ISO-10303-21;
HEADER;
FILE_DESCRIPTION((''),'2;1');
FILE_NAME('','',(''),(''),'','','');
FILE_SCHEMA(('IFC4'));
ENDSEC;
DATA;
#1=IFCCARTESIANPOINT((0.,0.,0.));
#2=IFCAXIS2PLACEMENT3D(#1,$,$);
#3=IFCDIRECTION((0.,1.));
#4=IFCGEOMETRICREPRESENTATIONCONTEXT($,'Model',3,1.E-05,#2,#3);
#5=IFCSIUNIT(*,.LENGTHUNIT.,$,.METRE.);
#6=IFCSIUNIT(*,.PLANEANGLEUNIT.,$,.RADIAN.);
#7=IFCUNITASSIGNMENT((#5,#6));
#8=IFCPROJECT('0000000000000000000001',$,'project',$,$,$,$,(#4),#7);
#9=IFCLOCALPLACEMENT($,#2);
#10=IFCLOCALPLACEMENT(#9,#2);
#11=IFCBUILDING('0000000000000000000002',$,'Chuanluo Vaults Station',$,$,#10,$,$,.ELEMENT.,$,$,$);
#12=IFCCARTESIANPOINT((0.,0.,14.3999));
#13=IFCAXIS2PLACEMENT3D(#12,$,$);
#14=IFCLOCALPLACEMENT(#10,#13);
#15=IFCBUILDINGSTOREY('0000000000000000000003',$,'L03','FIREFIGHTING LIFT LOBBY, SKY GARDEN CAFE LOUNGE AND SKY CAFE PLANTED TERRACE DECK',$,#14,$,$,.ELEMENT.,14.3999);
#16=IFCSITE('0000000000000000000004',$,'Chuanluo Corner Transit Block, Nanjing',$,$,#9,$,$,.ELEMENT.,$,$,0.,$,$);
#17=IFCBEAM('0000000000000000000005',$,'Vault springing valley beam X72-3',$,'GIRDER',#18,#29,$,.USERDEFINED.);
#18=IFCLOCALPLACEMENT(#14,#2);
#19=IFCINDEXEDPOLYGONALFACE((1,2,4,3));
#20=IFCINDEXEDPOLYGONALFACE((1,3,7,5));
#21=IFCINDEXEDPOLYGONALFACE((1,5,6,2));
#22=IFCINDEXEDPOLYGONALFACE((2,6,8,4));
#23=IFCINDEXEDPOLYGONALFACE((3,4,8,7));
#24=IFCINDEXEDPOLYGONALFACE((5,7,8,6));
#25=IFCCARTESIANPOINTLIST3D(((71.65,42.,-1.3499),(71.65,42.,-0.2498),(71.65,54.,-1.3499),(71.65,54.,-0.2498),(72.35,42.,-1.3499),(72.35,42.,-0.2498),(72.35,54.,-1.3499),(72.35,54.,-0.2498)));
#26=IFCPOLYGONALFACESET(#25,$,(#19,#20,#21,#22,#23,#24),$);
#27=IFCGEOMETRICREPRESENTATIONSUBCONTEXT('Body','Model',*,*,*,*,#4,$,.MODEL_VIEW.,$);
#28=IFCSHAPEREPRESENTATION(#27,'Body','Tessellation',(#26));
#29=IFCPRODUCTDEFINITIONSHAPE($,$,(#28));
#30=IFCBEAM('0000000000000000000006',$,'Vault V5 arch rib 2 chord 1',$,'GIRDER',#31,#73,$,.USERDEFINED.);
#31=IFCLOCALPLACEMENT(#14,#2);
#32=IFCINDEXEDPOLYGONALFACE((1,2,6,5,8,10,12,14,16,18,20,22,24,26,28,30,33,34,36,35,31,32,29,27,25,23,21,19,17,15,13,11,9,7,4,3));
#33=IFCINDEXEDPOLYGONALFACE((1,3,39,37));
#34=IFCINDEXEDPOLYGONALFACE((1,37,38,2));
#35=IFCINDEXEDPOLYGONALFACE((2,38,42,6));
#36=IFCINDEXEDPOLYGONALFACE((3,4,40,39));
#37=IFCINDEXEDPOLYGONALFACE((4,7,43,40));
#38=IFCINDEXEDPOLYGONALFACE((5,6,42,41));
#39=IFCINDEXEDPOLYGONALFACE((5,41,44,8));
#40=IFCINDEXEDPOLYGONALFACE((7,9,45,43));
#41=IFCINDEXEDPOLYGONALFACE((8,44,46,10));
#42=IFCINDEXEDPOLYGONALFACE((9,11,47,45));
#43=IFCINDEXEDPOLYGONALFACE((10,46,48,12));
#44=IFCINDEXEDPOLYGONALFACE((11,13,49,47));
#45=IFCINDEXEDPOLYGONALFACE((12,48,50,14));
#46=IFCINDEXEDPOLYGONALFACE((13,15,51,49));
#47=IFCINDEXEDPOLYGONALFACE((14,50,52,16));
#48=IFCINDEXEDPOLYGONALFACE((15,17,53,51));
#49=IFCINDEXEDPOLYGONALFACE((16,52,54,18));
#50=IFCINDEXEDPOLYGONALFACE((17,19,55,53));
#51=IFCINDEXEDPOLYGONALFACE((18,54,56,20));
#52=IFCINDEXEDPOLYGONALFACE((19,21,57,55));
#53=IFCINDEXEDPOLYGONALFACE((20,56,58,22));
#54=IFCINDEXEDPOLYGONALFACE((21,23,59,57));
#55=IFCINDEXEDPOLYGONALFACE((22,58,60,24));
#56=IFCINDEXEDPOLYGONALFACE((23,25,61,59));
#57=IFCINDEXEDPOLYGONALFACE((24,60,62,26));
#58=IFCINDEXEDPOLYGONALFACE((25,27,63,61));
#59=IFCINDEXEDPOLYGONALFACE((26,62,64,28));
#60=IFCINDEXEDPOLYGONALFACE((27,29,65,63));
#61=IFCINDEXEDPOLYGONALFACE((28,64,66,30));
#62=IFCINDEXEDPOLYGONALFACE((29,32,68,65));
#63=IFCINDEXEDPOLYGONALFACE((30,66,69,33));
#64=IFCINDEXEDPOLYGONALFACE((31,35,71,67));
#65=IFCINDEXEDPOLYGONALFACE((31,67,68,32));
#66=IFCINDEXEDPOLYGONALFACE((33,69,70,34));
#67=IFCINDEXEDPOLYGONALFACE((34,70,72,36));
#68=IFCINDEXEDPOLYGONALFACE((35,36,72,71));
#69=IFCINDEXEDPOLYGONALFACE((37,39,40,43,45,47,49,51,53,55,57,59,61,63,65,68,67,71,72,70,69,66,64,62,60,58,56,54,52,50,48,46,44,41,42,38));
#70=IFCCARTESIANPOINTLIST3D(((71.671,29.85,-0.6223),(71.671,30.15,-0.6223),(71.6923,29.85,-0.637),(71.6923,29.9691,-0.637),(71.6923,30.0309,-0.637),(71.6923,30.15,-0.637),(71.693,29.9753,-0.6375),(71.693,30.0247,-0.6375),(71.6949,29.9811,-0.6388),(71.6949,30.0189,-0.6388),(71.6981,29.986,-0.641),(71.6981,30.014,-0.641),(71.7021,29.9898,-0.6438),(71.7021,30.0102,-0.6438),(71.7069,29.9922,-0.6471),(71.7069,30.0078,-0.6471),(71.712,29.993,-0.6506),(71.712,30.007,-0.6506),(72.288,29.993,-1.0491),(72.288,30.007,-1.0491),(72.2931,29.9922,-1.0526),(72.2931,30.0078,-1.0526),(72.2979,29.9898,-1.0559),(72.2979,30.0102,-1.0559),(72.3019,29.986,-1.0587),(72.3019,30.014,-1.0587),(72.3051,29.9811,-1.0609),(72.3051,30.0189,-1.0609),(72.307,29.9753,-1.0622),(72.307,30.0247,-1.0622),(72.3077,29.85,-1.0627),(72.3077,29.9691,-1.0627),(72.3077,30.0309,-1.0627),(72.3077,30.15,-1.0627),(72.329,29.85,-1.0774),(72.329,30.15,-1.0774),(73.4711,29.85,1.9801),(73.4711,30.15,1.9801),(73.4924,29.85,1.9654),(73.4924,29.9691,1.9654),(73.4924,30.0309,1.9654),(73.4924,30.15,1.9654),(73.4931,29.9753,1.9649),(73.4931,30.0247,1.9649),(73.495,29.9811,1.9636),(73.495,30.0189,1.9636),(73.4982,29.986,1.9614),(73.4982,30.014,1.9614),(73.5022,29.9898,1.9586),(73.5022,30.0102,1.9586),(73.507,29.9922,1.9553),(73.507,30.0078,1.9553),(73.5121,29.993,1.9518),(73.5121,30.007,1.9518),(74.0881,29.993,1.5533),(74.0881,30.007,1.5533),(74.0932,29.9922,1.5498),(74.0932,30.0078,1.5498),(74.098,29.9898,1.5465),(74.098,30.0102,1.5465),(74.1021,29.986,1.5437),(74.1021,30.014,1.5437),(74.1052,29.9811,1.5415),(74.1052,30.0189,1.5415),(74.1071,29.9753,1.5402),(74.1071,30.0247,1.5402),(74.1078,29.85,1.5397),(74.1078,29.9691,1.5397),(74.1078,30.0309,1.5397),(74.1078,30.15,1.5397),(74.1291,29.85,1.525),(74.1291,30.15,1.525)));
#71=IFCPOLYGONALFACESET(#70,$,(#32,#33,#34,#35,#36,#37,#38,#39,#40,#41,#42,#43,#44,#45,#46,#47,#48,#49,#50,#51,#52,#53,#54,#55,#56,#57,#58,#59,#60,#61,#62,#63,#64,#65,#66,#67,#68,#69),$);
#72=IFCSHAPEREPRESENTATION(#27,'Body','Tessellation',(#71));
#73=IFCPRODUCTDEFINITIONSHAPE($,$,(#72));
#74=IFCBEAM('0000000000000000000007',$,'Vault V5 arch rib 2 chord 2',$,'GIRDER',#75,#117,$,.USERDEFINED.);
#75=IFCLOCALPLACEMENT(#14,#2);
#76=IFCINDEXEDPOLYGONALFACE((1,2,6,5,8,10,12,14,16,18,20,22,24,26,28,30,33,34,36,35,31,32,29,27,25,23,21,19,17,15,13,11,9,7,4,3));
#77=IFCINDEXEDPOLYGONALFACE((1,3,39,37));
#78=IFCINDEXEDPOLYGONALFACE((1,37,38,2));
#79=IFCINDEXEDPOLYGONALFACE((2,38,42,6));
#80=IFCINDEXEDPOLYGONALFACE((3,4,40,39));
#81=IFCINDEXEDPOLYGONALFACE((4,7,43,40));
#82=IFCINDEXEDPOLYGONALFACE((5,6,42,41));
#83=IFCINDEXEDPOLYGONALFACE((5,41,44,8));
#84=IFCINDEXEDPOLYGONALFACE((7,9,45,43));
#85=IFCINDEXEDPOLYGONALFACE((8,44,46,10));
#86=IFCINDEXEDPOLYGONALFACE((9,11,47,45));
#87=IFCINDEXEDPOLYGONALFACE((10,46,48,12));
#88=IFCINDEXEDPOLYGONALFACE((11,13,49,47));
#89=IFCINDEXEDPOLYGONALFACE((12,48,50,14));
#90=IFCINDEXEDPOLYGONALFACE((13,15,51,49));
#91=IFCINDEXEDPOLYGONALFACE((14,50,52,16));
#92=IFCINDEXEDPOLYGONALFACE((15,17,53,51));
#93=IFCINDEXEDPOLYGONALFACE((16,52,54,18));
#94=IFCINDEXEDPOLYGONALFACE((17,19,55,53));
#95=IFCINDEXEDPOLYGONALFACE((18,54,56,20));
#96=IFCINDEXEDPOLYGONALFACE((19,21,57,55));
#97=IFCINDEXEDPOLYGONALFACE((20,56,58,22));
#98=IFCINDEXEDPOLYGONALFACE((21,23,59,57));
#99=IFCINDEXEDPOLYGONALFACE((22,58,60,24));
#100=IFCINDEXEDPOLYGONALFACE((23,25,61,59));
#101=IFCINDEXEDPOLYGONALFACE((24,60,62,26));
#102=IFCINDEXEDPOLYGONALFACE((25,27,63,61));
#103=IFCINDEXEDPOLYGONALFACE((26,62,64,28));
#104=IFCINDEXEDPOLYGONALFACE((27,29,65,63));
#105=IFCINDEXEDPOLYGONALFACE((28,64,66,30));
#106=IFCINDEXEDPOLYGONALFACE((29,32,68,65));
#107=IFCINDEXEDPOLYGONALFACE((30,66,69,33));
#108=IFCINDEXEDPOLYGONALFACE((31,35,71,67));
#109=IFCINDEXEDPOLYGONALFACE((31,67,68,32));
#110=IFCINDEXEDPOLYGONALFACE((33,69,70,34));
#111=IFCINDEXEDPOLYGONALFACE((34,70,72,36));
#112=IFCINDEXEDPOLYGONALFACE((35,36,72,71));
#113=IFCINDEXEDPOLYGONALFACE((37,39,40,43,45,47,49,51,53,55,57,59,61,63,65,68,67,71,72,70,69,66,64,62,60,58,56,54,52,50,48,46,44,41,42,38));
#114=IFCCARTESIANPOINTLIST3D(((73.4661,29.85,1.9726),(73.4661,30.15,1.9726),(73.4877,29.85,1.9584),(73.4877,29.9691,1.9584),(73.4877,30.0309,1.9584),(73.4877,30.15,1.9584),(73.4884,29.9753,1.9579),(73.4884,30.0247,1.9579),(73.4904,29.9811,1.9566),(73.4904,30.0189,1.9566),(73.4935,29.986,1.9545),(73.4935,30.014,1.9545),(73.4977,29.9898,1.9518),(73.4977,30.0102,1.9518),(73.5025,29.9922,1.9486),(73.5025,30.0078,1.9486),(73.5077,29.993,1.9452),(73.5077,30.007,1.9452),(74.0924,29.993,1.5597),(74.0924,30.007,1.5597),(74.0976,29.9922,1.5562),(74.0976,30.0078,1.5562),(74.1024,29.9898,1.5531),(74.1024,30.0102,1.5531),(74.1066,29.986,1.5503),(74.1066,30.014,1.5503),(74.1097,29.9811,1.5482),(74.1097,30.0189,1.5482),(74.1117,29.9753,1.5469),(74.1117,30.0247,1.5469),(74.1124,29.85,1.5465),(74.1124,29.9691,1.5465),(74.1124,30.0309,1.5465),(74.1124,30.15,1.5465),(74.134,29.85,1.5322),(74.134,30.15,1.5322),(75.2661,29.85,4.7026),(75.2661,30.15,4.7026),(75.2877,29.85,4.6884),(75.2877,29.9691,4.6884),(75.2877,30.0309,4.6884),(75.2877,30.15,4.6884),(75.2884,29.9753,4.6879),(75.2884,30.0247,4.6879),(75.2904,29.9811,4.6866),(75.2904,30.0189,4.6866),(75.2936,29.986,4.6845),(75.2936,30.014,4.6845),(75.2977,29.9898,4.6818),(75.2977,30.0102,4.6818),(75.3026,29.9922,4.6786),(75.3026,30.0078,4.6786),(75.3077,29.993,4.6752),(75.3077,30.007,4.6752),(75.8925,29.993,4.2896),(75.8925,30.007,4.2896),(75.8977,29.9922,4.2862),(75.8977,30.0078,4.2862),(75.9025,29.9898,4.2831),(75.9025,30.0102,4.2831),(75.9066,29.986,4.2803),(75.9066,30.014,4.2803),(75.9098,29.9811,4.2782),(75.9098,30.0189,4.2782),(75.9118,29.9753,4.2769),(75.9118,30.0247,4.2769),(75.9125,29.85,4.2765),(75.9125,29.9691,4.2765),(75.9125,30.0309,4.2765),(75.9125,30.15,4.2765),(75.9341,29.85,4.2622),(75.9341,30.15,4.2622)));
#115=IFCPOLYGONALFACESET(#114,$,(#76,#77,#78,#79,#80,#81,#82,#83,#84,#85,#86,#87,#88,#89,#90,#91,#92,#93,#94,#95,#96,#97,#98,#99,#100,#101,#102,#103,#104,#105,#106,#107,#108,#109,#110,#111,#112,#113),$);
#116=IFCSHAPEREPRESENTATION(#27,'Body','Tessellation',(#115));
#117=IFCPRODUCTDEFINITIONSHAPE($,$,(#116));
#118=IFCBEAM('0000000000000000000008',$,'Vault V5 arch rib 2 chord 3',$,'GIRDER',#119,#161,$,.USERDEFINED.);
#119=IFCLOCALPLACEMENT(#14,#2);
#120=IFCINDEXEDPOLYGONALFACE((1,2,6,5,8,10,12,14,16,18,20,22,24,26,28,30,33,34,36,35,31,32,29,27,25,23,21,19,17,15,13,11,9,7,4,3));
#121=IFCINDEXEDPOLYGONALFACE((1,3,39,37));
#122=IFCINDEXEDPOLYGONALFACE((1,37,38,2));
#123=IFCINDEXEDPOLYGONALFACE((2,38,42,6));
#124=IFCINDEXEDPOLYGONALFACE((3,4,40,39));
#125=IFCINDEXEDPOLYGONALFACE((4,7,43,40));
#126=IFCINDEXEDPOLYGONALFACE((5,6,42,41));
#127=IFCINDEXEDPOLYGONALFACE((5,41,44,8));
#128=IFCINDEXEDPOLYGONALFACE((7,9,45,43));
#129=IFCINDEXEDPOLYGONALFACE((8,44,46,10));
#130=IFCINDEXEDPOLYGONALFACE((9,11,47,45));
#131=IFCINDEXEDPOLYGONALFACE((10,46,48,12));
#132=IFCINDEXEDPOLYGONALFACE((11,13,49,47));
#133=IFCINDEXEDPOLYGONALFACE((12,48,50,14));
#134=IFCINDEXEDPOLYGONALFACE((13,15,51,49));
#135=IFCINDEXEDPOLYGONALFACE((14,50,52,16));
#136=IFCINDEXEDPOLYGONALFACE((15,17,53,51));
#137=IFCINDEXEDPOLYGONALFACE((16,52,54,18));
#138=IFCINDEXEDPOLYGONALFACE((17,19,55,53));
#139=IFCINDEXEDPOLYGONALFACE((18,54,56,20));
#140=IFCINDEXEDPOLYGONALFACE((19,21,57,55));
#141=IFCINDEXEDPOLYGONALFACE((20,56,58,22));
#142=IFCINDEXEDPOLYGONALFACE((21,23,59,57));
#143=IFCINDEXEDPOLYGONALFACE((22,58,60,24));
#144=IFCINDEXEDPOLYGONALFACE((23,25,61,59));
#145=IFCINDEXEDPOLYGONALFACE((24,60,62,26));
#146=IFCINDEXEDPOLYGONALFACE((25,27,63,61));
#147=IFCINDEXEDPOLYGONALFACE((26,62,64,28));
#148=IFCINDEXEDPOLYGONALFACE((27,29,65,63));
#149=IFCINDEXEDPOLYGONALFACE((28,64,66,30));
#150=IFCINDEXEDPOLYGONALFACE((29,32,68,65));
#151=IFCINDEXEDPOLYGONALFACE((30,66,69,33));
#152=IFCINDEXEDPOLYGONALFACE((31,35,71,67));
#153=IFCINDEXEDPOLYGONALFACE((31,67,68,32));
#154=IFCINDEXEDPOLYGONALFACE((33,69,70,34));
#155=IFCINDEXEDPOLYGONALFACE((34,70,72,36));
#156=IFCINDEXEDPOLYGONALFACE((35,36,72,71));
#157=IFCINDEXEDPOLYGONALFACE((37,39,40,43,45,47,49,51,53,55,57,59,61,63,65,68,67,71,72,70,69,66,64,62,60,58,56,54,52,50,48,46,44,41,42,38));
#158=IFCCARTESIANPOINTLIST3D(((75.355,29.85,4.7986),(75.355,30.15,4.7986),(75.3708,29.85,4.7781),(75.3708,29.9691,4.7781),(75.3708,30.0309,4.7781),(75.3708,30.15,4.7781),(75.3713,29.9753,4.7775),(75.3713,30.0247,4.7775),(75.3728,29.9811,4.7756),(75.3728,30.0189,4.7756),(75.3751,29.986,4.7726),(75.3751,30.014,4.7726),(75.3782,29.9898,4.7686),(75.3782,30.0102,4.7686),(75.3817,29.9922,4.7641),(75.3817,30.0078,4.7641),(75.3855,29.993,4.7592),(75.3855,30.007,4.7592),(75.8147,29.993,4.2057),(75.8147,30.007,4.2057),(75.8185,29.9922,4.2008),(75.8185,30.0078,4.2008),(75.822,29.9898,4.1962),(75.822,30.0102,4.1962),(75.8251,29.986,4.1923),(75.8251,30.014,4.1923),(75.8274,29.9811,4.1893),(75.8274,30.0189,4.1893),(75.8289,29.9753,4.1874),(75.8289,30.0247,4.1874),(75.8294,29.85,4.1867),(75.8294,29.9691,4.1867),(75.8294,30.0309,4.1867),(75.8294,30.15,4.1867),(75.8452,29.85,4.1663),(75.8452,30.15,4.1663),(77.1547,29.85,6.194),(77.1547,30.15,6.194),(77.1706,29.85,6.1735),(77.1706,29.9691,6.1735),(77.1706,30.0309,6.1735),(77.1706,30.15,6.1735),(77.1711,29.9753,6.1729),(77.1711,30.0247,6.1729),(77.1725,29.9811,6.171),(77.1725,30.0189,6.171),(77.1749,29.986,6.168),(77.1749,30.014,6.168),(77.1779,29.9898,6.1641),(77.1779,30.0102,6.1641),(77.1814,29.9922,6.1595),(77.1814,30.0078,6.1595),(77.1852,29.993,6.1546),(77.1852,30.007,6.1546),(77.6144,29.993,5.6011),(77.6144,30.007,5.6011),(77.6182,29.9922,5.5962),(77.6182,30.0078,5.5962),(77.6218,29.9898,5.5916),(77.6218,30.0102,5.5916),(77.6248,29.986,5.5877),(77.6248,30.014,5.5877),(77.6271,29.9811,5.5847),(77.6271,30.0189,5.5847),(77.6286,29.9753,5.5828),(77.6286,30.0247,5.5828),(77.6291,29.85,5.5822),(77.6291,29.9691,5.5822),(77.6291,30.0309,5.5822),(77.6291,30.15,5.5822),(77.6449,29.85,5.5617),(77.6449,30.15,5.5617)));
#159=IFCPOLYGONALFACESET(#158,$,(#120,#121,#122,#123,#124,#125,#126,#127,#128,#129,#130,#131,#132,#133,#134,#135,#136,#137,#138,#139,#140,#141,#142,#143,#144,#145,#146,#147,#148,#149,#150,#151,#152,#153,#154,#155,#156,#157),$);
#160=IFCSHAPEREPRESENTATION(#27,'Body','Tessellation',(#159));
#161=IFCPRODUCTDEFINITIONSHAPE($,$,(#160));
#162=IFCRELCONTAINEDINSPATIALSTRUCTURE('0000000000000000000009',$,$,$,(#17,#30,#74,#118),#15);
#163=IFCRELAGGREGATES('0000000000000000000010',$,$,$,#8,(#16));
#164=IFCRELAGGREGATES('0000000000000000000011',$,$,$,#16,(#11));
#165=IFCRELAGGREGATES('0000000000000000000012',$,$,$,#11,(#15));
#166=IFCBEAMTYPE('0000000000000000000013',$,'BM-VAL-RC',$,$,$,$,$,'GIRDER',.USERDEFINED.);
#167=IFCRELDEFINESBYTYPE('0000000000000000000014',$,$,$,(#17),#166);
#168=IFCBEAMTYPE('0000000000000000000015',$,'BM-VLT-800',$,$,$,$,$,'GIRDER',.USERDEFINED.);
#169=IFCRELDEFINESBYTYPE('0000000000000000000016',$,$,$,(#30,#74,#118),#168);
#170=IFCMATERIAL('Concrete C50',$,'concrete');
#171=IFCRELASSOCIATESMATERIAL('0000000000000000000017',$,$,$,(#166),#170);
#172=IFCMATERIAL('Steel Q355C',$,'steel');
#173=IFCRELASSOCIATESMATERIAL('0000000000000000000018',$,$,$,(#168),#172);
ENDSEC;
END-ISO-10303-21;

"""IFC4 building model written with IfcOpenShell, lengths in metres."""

from ifc_helpers import new_model, si_unit, direction, frame, origin, origin_2d, place, context, subcontext, project, spatial, rectangle, i_section, extrude, material, material_profile, profile_set, type_object, element, save


model = new_model("IFC4")

# Units and contexts
model_context = context("Model", 3, precision=1e-05, world=origin(), true_north=direction((0.0, 1.0)))
body_context = subcontext(model_context, "Body", "Model", "MODEL_VIEW")
ifc_project = project(units=[si_unit("LENGTHUNIT", "METRE"), si_unit("PLANEANGLEUNIT", "RADIAN")], contexts=[model_context])

# Site, building, storey
site_placement = place(None, origin())
site = spatial("IfcSite", under=ifc_project, at=site_placement, Name="Chuanluo Corner Transit Block, Nanjing", CompositionType="ELEMENT", RefElevation=0.0)
building_placement = place(site_placement, origin())
building = spatial("IfcBuilding", under=site, at=building_placement, Name="Chuanluo Vaults Station", CompositionType="ELEMENT")
storey_placement = place(building_placement, frame((0.0, 0.0, 14.3999)))
storey = spatial("IfcBuildingStorey", under=building, at=storey_placement, Name="L03", Description="FIREFIGHTING LIFT LOBBY, SKY GARDEN CAFE LOUNGE AND SKY CAFE PLANTED TERRACE DECK", CompositionType="ELEMENT", Elevation=14.3999)

# Beams
ifc_material_1 = material(Name="Concrete C50", Category="concrete")
ifc_material_profile_1 = material_profile(ifc_material_1, rectangle(XDim=0.7, YDim=1.1001, at=origin_2d()))
ifc_profile_set_1 = profile_set([ifc_material_profile_1], Name="Concrete C50")
beam_type_1 = type_object("IfcBeamType", Name="BM-VAL-RC", ElementType="GIRDER", PredefinedType="USERDEFINED", material=ifc_profile_set_1)
beam_1_placement = place(storey_placement, frame((72.0, 42.0, -0.7998), z_axis=(0.0, 1.0, 0.0), x_axis=(-1.0, 0.0, 0.0)))
element("IfcBeam", 1, at=beam_1_placement, inside=storey, type_object=beam_type_1, Name="Vault springing valley beam X72-3", ObjectType="GIRDER", PredefinedType="USERDEFINED", context=body_context, shape_type="SweptSolid", body=[
    extrude(rectangle(XDim=0.7, YDim=1.1001, at=origin_2d()), origin(), (0.0, 0.0, 1.0), 12.0),
])
ifc_material_2 = material(Name="Steel Q355C", Category="steel")
ifc_material_profile_2 = material_profile(ifc_material_2, i_section(OverallWidth=0.3, OverallDepth=0.8, WebThickness=0.0139, FlangeThickness=0.0259, FilletRadius=0.0239, at=origin_2d()))
ifc_profile_set_2 = profile_set([ifc_material_profile_2], Name="Steel Q355C")
beam_type_2 = type_object("IfcBeamType", Name="BM-VLT-800", ElementType="GIRDER", PredefinedType="USERDEFINED", material=ifc_profile_set_2)
beam_2_placement = place(storey_placement, frame((72.0, 30.0, -0.8499), z_axis=(0.568881, 0.0, 0.82242), x_axis=(0.0, 1.0, 0.0)))
element("IfcBeam", 2, at=beam_2_placement, inside=storey, type_object=beam_type_2, Name="Vault V5 arch rib 2 chord 1", ObjectType="GIRDER", PredefinedType="USERDEFINED", context=body_context, shape_type="SweptSolid", body=[
    extrude(i_section(OverallWidth=0.3, OverallDepth=0.8, WebThickness=0.0139, FlangeThickness=0.0259, FilletRadius=0.0239, at=origin_2d()), origin(), (0.0, 0.0, 1.0), 3.1643),
])
beam_3_placement = place(storey_placement, frame((73.8, 30.0, 1.7524), z_axis=(0.550472, 0.0, 0.834854), x_axis=(0.0, 1.0, 0.0)))
element("IfcBeam", 3, at=beam_3_placement, inside=storey, type_object=beam_type_2, Name="Vault V5 arch rib 2 chord 2", ObjectType="GIRDER", PredefinedType="USERDEFINED", context=body_context, shape_type="SweptSolid", body=[
    extrude(i_section(OverallWidth=0.3, OverallDepth=0.8, WebThickness=0.0139, FlangeThickness=0.0259, FilletRadius=0.0239, at=origin_2d()), origin(), (0.0, 0.0, 1.0), 3.27),
])
beam_4_placement = place(storey_placement, frame((75.6001, 30.0, 4.4824), z_axis=(0.790275, 0.0, 0.612752), x_axis=(0.0, 1.0, 0.0)))
element("IfcBeam", 4, at=beam_4_placement, inside=storey, type_object=beam_type_2, Name="Vault V5 arch rib 2 chord 3", ObjectType="GIRDER", PredefinedType="USERDEFINED", context=body_context, shape_type="SweptSolid", body=[
    extrude(i_section(OverallWidth=0.3, OverallDepth=0.8, WebThickness=0.0139, FlangeThickness=0.0259, FilletRadius=0.0239, at=origin_2d()), origin(), (0.0, 0.0, 1.0), 2.2773),
])

save(model, "model.ifc")
